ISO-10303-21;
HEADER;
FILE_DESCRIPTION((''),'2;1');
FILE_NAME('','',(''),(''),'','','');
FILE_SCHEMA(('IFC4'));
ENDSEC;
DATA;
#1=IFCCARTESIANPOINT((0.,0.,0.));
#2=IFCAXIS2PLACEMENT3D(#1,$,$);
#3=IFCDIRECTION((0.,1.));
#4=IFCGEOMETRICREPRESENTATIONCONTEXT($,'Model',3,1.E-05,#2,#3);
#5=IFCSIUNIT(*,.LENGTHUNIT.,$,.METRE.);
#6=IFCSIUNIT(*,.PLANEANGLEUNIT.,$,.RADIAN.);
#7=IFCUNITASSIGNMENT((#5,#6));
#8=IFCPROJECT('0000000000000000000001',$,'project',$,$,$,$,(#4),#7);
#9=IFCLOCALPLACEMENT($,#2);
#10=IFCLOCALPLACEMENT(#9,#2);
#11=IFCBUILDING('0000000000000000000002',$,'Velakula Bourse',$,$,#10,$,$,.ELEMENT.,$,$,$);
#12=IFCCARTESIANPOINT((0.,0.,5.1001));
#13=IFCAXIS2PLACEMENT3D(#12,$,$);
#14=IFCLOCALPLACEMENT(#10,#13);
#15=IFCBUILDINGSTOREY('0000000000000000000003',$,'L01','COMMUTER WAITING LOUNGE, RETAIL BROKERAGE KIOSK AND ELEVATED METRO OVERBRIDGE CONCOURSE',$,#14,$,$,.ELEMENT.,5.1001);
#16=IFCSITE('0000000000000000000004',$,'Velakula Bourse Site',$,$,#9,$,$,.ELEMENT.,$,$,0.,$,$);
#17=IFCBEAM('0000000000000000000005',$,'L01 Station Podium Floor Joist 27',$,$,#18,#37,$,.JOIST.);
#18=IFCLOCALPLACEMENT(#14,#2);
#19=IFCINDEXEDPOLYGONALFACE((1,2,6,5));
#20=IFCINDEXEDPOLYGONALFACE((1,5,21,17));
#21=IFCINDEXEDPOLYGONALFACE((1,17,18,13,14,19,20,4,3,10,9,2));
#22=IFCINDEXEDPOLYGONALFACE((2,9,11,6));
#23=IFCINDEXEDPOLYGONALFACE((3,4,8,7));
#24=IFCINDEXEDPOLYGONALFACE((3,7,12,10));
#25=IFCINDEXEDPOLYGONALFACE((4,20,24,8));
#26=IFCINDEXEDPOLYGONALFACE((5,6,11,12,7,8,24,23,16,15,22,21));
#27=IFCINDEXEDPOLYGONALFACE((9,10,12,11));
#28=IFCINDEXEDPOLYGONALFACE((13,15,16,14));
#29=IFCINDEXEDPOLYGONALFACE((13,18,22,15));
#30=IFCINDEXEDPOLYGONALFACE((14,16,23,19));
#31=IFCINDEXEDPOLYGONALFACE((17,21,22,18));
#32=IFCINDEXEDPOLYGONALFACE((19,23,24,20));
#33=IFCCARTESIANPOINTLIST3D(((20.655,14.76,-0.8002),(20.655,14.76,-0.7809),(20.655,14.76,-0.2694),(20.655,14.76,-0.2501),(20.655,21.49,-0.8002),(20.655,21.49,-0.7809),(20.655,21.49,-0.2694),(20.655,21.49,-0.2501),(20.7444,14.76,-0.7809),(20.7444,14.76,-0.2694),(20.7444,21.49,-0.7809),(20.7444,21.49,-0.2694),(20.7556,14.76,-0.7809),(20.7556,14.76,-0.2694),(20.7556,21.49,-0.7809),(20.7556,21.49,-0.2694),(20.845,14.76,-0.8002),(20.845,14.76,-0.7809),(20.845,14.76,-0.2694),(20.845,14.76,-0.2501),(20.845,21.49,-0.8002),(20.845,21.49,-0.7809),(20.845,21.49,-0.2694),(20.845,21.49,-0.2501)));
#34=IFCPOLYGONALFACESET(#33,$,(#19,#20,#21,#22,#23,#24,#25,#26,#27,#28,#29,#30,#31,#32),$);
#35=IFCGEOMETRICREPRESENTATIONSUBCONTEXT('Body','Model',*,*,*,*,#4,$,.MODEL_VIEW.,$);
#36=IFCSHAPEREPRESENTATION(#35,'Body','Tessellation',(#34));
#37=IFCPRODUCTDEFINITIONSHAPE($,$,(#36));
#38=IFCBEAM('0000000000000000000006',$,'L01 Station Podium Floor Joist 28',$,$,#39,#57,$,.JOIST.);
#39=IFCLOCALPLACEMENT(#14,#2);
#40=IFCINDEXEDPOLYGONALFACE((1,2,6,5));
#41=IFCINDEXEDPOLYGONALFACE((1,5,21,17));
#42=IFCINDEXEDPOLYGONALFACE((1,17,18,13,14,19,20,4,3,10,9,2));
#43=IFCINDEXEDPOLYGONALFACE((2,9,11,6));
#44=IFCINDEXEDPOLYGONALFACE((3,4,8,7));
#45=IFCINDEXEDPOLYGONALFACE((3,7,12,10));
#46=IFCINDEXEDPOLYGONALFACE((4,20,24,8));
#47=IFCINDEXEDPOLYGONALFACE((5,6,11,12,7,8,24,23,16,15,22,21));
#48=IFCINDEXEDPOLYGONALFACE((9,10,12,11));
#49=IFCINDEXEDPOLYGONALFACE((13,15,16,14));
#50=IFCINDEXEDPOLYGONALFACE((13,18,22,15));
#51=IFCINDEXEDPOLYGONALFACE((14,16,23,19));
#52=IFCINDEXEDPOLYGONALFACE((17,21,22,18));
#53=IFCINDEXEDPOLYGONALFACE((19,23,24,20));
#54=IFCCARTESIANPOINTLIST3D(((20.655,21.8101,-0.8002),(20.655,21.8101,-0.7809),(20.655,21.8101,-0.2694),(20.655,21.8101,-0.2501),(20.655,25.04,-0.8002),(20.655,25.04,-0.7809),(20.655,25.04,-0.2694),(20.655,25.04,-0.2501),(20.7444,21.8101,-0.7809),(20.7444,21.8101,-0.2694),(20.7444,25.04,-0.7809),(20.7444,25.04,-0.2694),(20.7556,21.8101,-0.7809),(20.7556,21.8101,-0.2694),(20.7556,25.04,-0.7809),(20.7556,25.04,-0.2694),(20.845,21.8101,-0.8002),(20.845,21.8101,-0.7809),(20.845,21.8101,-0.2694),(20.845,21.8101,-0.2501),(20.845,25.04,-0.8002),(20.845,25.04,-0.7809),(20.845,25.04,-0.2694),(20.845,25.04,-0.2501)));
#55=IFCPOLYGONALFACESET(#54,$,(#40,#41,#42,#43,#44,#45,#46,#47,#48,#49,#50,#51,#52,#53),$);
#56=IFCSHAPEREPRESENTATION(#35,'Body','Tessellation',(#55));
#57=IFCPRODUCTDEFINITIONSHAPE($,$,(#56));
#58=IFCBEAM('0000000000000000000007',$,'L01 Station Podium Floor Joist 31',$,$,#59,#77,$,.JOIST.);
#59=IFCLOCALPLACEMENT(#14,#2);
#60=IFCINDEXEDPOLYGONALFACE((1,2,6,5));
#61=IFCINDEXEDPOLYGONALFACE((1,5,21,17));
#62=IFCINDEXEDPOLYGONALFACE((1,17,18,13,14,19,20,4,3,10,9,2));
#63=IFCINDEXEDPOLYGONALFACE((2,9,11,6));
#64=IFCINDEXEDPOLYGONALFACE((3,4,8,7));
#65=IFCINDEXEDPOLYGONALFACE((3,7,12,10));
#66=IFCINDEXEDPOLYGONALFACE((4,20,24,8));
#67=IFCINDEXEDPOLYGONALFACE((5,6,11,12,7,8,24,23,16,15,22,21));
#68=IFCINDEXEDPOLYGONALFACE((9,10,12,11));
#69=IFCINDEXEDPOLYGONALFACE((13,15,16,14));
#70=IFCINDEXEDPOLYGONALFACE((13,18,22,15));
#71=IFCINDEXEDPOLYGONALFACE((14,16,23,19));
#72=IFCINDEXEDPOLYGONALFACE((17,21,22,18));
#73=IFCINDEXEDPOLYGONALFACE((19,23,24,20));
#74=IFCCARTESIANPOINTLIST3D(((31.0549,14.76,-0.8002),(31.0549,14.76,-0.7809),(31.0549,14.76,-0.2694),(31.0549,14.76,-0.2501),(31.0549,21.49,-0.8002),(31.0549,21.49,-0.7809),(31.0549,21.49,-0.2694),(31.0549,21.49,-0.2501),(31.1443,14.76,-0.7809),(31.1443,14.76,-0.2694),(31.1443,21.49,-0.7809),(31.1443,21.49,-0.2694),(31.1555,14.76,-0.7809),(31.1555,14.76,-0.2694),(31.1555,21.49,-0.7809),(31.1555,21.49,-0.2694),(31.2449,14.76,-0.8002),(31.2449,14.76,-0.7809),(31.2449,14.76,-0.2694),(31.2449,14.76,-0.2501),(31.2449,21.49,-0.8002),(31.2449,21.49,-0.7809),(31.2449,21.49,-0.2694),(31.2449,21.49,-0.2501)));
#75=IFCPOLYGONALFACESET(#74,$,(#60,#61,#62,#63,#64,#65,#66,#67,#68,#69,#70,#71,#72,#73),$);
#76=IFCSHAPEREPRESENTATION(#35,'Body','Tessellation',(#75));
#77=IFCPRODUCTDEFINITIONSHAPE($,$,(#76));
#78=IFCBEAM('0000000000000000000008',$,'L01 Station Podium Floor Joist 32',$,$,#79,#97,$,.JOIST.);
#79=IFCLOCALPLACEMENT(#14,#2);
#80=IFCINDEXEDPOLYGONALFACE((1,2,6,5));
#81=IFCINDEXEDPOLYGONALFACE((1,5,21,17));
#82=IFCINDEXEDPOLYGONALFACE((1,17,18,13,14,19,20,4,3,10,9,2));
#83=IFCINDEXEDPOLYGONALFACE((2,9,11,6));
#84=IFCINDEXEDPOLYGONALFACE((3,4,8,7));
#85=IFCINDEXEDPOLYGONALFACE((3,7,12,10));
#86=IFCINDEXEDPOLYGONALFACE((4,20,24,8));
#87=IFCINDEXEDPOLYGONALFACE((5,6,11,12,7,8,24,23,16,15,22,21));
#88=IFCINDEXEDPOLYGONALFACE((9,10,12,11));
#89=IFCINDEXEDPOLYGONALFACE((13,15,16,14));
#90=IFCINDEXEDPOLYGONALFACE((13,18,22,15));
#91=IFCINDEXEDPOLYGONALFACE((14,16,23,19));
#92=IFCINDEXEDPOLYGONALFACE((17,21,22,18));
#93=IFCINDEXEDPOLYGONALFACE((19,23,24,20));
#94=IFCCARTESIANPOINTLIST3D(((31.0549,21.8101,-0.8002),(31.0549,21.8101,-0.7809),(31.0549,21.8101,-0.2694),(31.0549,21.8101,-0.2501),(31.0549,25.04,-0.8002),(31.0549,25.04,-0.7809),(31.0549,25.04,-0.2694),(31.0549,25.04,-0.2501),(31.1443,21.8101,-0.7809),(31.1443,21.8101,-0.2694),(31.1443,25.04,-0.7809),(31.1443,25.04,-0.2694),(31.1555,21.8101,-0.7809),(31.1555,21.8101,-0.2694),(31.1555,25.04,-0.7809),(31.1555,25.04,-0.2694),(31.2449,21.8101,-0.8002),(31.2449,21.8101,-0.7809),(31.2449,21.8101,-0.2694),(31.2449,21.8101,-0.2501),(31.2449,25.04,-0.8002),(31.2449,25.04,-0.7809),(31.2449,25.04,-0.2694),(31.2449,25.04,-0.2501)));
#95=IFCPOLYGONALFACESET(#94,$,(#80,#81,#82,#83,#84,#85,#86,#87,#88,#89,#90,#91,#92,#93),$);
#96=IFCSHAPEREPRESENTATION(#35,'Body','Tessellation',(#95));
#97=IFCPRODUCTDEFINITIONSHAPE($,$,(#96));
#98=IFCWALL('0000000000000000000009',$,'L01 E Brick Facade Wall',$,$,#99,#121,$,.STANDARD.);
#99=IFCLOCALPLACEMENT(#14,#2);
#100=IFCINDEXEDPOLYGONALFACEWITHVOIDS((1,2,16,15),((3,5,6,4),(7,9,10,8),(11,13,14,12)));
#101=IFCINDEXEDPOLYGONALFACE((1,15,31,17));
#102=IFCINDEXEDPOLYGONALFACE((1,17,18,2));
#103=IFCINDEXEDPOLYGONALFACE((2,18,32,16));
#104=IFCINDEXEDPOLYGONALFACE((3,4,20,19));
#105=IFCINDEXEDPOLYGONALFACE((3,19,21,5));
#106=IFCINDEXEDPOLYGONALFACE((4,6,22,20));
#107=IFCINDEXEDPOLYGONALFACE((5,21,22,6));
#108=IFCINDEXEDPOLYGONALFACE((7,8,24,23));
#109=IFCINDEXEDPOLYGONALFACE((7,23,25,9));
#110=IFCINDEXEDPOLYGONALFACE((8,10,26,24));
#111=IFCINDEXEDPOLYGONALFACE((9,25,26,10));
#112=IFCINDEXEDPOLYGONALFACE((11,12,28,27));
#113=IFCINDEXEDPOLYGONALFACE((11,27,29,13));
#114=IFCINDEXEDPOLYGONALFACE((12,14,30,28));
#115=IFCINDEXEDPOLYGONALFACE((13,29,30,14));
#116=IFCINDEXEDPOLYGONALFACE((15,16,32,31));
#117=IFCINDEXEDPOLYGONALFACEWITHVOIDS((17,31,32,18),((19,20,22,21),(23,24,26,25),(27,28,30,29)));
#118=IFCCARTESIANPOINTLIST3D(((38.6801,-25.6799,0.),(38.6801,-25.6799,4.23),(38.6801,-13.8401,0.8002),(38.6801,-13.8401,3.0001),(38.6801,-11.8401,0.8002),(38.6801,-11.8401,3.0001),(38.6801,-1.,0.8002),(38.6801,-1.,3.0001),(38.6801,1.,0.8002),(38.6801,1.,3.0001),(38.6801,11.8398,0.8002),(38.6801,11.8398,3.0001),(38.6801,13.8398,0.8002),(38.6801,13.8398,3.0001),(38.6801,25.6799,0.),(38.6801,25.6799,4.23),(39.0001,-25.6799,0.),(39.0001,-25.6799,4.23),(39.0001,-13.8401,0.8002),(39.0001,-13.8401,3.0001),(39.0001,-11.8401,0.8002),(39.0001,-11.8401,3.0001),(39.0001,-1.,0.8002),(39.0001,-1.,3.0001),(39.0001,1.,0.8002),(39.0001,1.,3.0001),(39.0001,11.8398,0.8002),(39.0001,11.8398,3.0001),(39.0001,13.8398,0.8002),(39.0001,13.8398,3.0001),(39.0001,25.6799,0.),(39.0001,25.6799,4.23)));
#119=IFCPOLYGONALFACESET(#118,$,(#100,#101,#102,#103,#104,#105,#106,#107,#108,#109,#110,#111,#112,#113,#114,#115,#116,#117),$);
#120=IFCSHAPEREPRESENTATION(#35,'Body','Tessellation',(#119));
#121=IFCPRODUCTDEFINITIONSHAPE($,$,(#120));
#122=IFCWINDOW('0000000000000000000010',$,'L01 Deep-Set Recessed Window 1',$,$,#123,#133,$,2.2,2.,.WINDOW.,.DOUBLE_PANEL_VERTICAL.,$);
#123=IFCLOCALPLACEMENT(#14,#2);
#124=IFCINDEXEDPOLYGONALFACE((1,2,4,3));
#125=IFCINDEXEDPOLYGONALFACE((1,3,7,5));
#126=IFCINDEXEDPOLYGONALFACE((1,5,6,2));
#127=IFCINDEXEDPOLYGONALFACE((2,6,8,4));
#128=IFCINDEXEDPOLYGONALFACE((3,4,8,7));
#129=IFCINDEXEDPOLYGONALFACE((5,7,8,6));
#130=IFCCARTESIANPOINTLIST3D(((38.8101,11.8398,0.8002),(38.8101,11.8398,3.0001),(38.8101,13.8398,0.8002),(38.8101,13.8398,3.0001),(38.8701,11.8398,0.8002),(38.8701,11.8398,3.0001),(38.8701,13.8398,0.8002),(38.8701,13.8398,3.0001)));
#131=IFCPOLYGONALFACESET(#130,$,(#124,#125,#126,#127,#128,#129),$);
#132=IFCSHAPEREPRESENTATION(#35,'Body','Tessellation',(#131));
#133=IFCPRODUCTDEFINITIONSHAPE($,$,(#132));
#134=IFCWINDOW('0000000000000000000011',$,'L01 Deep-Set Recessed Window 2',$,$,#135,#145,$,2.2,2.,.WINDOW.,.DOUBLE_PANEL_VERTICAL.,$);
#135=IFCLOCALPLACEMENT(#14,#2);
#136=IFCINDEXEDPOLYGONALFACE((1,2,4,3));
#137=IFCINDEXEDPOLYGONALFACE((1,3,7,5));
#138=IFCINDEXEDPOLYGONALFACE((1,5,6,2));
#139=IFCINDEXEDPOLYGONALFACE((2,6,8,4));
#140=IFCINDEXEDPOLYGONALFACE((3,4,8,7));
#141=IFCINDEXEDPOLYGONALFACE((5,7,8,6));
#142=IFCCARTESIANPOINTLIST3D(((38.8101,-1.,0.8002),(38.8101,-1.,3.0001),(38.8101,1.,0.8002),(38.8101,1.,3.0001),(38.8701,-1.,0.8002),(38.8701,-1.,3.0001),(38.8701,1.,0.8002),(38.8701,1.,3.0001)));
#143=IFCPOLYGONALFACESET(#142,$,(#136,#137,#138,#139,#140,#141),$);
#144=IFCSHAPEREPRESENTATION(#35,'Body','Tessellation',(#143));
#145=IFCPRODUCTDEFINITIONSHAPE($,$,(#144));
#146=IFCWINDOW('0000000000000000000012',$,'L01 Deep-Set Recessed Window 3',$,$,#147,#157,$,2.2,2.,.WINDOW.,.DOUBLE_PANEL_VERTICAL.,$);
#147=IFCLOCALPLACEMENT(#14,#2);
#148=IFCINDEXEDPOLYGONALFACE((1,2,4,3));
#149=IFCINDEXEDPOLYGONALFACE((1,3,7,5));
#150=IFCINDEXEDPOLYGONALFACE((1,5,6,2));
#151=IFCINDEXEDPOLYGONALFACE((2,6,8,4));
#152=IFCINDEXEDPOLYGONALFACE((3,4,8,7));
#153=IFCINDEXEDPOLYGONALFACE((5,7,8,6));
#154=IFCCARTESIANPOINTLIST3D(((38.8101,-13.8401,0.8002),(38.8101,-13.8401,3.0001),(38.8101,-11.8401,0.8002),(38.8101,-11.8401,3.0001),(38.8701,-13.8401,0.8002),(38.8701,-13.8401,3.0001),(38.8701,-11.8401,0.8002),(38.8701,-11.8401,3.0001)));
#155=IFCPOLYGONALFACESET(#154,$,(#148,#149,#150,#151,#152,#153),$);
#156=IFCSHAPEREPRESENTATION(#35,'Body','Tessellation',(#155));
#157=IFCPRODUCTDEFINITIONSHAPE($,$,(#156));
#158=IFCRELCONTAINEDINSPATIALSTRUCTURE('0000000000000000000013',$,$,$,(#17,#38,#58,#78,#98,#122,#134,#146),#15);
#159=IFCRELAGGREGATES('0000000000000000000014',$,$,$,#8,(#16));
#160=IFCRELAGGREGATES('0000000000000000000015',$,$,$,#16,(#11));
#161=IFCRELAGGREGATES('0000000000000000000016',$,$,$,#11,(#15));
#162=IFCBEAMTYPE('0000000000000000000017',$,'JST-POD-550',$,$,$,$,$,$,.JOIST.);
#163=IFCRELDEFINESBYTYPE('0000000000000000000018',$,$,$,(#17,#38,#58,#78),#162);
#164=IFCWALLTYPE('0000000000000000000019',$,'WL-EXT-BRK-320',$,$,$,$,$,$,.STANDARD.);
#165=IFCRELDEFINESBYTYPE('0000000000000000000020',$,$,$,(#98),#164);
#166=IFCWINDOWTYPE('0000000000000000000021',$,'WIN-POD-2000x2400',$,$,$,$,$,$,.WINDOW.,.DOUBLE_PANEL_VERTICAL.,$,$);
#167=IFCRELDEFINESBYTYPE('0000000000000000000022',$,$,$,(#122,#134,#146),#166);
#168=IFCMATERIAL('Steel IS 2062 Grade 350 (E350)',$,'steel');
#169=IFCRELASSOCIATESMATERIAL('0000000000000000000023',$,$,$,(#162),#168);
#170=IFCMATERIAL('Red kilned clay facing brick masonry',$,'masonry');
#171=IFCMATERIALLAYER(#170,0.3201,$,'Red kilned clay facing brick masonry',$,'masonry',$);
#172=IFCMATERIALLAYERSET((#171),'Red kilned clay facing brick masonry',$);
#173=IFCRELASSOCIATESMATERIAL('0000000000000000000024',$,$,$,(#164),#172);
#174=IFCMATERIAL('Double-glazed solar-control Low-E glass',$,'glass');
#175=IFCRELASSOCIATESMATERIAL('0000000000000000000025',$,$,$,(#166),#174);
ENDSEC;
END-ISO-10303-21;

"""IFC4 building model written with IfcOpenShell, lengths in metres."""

from ifc_helpers import new_model, si_unit, direction, frame, frame_2d, origin, origin_2d, place, context, subcontext, project, spatial, rectangle, i_section, extrude, material, layer, layer_set, material_profile, profile_set, type_object, element, fill, save


model = new_model("IFC4")

# Units and contexts
model_context = context("Model", 3, precision=1e-05, world=origin(), true_north=direction((0.0, 1.0)))
body_context = subcontext(model_context, "Body", "Model", "MODEL_VIEW")
ifc_project = project(units=[si_unit("LENGTHUNIT", "METRE"), si_unit("PLANEANGLEUNIT", "RADIAN")], contexts=[model_context])

# Site, building, storey
site_placement = place(None, origin())
site = spatial("IfcSite", under=ifc_project, at=site_placement, Name="Velakula Bourse Site", CompositionType="ELEMENT", RefElevation=0.0)
building_placement = place(site_placement, origin())
building = spatial("IfcBuilding", under=site, at=building_placement, Name="Velakula Bourse", CompositionType="ELEMENT")
storey_placement = place(building_placement, frame((0.0, 0.0, 5.1001)))
storey = spatial("IfcBuildingStorey", under=building, at=storey_placement, Name="L01", Description="COMMUTER WAITING LOUNGE, RETAIL BROKERAGE KIOSK AND ELEVATED METRO OVERBRIDGE CONCOURSE", CompositionType="ELEMENT", Elevation=5.1001)

# Beams
ifc_material_1 = material(Name="Steel IS 2062 Grade 350 (E350)", Category="steel")
ifc_material_profile_1 = material_profile(ifc_material_1, i_section(OverallWidth=0.1899, OverallDepth=0.55, WebThickness=0.0112, FlangeThickness=0.0193, at=origin_2d()), Name="Steel IS 2062 Grade 350 (E350)")
ifc_profile_set_1 = profile_set([ifc_material_profile_1], Name="Steel IS 2062 Grade 350 (E350)")
beam_type_1 = type_object("IfcBeamType", Name="JST-POD-550", PredefinedType="JOIST", material=ifc_profile_set_1)
beam_1_placement = place(storey_placement, frame((20.75, 14.76, -0.5251), z_axis=(0.0, 1.0, 0.0), x_axis=(-1.0, 0.0, 0.0)))
element("IfcBeam", 1, at=beam_1_placement, inside=storey, type_object=beam_type_1, Name="L01 Station Podium Floor Joist 27", PredefinedType="JOIST", context=body_context, shape_type="SweptSolid", body=[
    extrude(i_section(OverallWidth=0.1899, OverallDepth=0.55, WebThickness=0.0112, FlangeThickness=0.0193, at=origin_2d()), origin(), (0.0, 0.0, 1.0), 6.73),
])
beam_2_placement = place(storey_placement, frame((20.75, 21.8101, -0.5251), z_axis=(0.0, 1.0, 0.0), x_axis=(-1.0, 0.0, 0.0)))
element("IfcBeam", 2, at=beam_2_placement, inside=storey, type_object=beam_type_1, Name="L01 Station Podium Floor Joist 28", PredefinedType="JOIST", context=body_context, shape_type="SweptSolid", body=[
    extrude(i_section(OverallWidth=0.1899, OverallDepth=0.55, WebThickness=0.0112, FlangeThickness=0.0193, at=origin_2d()), origin(), (0.0, 0.0, 1.0), 3.23),
])
beam_3_placement = place(storey_placement, frame((31.1499, 14.76, -0.5251), z_axis=(0.0, 1.0, 0.0), x_axis=(-1.0, 0.0, 0.0)))
element("IfcBeam", 3, at=beam_3_placement, inside=storey, type_object=beam_type_1, Name="L01 Station Podium Floor Joist 31", PredefinedType="JOIST", context=body_context, shape_type="SweptSolid", body=[
    extrude(i_section(OverallWidth=0.1899, OverallDepth=0.55, WebThickness=0.0112, FlangeThickness=0.0193, at=origin_2d()), origin(), (0.0, 0.0, 1.0), 6.73),
])
beam_4_placement = place(storey_placement, frame((31.1499, 21.8101, -0.5251), z_axis=(0.0, 1.0, 0.0), x_axis=(-1.0, 0.0, 0.0)))
element("IfcBeam", 4, at=beam_4_placement, inside=storey, type_object=beam_type_1, Name="L01 Station Podium Floor Joist 32", PredefinedType="JOIST", context=body_context, shape_type="SweptSolid", body=[
    extrude(i_section(OverallWidth=0.1899, OverallDepth=0.55, WebThickness=0.0112, FlangeThickness=0.0193, at=origin_2d()), origin(), (0.0, 0.0, 1.0), 3.23),
])

# Wall, openings, windows
ifc_material_2 = material(Name="Red kilned clay facing brick masonry", Category="masonry")
ifc_layer = layer(ifc_material_2, 0.3201, Name="Red kilned clay facing brick masonry", Category="masonry")
ifc_layer_set = layer_set([ifc_layer], Name="Red kilned clay facing brick masonry")
wall_type = type_object("IfcWallType", Name="WL-EXT-BRK-320", PredefinedType="STANDARD", material=ifc_layer_set)
wall_placement = place(storey_placement, frame((38.8401, 25.6799, 0.0), z_axis=(0.0, 0.0, 1.0), x_axis=(0.0, -1.0, 0.0)))
wall = element("IfcWall", 5, at=wall_placement, inside=storey, type_object=wall_type, Name="L01 E Brick Facade Wall", PredefinedType="STANDARD", context=body_context, shape_type="SweptSolid", body=[
    extrude(rectangle(XDim=51.3599, YDim=0.3201, at=frame_2d((25.6799, 0.0))), origin(), (0.0, 0.0, 1.0), 4.23),
])
opening_1_placement = place(wall_placement, frame((11.8401, 0.0, 0.8)))
opening_1 = element("IfcOpeningElement", 6, at=opening_1_placement, cuts=wall, PredefinedType="OPENING", context=body_context, shape_type="SweptSolid", body=[
    extrude(rectangle(XDim=2.0, YDim=2.2, at=frame_2d((1.0, 1.1001))), frame((0.0, 0.1699, 0.0), z_axis=(0.0, -1.0, 0.0), x_axis=(1.0, 0.0, 0.0)), (0.0, 0.0, 1.0), 0.3401),
])
opening_2_placement = place(wall_placement, frame((24.6799, 0.0, 0.8)))
opening_2 = element("IfcOpeningElement", 7, at=opening_2_placement, cuts=wall, PredefinedType="OPENING", context=body_context, shape_type="SweptSolid", body=[
    extrude(rectangle(XDim=2.0, YDim=2.2, at=frame_2d((1.0, 1.1001))), frame((0.0, 0.1699, 0.0), z_axis=(0.0, -1.0, 0.0), x_axis=(1.0, 0.0, 0.0)), (0.0, 0.0, 1.0), 0.3401),
])
opening_3_placement = place(wall_placement, frame((37.52, 0.0, 0.8)))
opening_3 = element("IfcOpeningElement", 8, at=opening_3_placement, cuts=wall, PredefinedType="OPENING", context=body_context, shape_type="SweptSolid", body=[
    extrude(rectangle(XDim=2.0, YDim=2.2, at=frame_2d((1.0, 1.1001))), frame((0.0, 0.1699, 0.0), z_axis=(0.0, -1.0, 0.0), x_axis=(1.0, 0.0, 0.0)), (0.0, 0.0, 1.0), 0.3401),
])
ifc_material_3 = material(Name="Double-glazed solar-control Low-E glass", Category="glass")
window_type = type_object("IfcWindowType", Name="WIN-POD-2000x2400", PartitioningType="DOUBLE_PANEL_VERTICAL", PredefinedType="WINDOW", material=ifc_material_3)
window_1_placement = place(opening_1_placement, origin())
window_1 = element("IfcWindow", 9, at=window_1_placement, inside=storey, type_object=window_type, Name="L01 Deep-Set Recessed Window 1", OverallHeight=2.2, OverallWidth=2.0, PartitioningType="DOUBLE_PANEL_VERTICAL", PredefinedType="WINDOW", context=body_context, shape_type="SweptSolid", body=[
    extrude(rectangle(XDim=2.0, YDim=2.2, at=frame_2d((1.0, 1.1001))), frame((0.0, 0.03, 0.0), z_axis=(0.0, -1.0, 0.0), x_axis=(1.0, 0.0, 0.0)), (0.0, 0.0, 1.0), 0.0601),
])
fill(opening_1, window_1)
window_2_placement = place(opening_2_placement, origin())
window_2 = element("IfcWindow", 10, at=window_2_placement, inside=storey, type_object=window_type, Name="L01 Deep-Set Recessed Window 2", OverallHeight=2.2, OverallWidth=2.0, PartitioningType="DOUBLE_PANEL_VERTICAL", PredefinedType="WINDOW", context=body_context, shape_type="SweptSolid", body=[
    extrude(rectangle(XDim=2.0, YDim=2.2, at=frame_2d((1.0, 1.1001))), frame((0.0, 0.03, 0.0), z_axis=(0.0, -1.0, 0.0), x_axis=(1.0, 0.0, 0.0)), (0.0, 0.0, 1.0), 0.0601),
])
fill(opening_2, window_2)
window_3_placement = place(opening_3_placement, origin())
window_3 = element("IfcWindow", 11, at=window_3_placement, inside=storey, type_object=window_type, Name="L01 Deep-Set Recessed Window 3", OverallHeight=2.2, OverallWidth=2.0, PartitioningType="DOUBLE_PANEL_VERTICAL", PredefinedType="WINDOW", context=body_context, shape_type="SweptSolid", body=[
    extrude(rectangle(XDim=2.0, YDim=2.2, at=frame_2d((1.0, 1.1001))), frame((0.0, 0.03, 0.0), z_axis=(0.0, -1.0, 0.0), x_axis=(1.0, 0.0, 0.0)), (0.0, 0.0, 1.0), 0.0601),
])
fill(opening_3, window_3)

save(model, "model.ifc")
